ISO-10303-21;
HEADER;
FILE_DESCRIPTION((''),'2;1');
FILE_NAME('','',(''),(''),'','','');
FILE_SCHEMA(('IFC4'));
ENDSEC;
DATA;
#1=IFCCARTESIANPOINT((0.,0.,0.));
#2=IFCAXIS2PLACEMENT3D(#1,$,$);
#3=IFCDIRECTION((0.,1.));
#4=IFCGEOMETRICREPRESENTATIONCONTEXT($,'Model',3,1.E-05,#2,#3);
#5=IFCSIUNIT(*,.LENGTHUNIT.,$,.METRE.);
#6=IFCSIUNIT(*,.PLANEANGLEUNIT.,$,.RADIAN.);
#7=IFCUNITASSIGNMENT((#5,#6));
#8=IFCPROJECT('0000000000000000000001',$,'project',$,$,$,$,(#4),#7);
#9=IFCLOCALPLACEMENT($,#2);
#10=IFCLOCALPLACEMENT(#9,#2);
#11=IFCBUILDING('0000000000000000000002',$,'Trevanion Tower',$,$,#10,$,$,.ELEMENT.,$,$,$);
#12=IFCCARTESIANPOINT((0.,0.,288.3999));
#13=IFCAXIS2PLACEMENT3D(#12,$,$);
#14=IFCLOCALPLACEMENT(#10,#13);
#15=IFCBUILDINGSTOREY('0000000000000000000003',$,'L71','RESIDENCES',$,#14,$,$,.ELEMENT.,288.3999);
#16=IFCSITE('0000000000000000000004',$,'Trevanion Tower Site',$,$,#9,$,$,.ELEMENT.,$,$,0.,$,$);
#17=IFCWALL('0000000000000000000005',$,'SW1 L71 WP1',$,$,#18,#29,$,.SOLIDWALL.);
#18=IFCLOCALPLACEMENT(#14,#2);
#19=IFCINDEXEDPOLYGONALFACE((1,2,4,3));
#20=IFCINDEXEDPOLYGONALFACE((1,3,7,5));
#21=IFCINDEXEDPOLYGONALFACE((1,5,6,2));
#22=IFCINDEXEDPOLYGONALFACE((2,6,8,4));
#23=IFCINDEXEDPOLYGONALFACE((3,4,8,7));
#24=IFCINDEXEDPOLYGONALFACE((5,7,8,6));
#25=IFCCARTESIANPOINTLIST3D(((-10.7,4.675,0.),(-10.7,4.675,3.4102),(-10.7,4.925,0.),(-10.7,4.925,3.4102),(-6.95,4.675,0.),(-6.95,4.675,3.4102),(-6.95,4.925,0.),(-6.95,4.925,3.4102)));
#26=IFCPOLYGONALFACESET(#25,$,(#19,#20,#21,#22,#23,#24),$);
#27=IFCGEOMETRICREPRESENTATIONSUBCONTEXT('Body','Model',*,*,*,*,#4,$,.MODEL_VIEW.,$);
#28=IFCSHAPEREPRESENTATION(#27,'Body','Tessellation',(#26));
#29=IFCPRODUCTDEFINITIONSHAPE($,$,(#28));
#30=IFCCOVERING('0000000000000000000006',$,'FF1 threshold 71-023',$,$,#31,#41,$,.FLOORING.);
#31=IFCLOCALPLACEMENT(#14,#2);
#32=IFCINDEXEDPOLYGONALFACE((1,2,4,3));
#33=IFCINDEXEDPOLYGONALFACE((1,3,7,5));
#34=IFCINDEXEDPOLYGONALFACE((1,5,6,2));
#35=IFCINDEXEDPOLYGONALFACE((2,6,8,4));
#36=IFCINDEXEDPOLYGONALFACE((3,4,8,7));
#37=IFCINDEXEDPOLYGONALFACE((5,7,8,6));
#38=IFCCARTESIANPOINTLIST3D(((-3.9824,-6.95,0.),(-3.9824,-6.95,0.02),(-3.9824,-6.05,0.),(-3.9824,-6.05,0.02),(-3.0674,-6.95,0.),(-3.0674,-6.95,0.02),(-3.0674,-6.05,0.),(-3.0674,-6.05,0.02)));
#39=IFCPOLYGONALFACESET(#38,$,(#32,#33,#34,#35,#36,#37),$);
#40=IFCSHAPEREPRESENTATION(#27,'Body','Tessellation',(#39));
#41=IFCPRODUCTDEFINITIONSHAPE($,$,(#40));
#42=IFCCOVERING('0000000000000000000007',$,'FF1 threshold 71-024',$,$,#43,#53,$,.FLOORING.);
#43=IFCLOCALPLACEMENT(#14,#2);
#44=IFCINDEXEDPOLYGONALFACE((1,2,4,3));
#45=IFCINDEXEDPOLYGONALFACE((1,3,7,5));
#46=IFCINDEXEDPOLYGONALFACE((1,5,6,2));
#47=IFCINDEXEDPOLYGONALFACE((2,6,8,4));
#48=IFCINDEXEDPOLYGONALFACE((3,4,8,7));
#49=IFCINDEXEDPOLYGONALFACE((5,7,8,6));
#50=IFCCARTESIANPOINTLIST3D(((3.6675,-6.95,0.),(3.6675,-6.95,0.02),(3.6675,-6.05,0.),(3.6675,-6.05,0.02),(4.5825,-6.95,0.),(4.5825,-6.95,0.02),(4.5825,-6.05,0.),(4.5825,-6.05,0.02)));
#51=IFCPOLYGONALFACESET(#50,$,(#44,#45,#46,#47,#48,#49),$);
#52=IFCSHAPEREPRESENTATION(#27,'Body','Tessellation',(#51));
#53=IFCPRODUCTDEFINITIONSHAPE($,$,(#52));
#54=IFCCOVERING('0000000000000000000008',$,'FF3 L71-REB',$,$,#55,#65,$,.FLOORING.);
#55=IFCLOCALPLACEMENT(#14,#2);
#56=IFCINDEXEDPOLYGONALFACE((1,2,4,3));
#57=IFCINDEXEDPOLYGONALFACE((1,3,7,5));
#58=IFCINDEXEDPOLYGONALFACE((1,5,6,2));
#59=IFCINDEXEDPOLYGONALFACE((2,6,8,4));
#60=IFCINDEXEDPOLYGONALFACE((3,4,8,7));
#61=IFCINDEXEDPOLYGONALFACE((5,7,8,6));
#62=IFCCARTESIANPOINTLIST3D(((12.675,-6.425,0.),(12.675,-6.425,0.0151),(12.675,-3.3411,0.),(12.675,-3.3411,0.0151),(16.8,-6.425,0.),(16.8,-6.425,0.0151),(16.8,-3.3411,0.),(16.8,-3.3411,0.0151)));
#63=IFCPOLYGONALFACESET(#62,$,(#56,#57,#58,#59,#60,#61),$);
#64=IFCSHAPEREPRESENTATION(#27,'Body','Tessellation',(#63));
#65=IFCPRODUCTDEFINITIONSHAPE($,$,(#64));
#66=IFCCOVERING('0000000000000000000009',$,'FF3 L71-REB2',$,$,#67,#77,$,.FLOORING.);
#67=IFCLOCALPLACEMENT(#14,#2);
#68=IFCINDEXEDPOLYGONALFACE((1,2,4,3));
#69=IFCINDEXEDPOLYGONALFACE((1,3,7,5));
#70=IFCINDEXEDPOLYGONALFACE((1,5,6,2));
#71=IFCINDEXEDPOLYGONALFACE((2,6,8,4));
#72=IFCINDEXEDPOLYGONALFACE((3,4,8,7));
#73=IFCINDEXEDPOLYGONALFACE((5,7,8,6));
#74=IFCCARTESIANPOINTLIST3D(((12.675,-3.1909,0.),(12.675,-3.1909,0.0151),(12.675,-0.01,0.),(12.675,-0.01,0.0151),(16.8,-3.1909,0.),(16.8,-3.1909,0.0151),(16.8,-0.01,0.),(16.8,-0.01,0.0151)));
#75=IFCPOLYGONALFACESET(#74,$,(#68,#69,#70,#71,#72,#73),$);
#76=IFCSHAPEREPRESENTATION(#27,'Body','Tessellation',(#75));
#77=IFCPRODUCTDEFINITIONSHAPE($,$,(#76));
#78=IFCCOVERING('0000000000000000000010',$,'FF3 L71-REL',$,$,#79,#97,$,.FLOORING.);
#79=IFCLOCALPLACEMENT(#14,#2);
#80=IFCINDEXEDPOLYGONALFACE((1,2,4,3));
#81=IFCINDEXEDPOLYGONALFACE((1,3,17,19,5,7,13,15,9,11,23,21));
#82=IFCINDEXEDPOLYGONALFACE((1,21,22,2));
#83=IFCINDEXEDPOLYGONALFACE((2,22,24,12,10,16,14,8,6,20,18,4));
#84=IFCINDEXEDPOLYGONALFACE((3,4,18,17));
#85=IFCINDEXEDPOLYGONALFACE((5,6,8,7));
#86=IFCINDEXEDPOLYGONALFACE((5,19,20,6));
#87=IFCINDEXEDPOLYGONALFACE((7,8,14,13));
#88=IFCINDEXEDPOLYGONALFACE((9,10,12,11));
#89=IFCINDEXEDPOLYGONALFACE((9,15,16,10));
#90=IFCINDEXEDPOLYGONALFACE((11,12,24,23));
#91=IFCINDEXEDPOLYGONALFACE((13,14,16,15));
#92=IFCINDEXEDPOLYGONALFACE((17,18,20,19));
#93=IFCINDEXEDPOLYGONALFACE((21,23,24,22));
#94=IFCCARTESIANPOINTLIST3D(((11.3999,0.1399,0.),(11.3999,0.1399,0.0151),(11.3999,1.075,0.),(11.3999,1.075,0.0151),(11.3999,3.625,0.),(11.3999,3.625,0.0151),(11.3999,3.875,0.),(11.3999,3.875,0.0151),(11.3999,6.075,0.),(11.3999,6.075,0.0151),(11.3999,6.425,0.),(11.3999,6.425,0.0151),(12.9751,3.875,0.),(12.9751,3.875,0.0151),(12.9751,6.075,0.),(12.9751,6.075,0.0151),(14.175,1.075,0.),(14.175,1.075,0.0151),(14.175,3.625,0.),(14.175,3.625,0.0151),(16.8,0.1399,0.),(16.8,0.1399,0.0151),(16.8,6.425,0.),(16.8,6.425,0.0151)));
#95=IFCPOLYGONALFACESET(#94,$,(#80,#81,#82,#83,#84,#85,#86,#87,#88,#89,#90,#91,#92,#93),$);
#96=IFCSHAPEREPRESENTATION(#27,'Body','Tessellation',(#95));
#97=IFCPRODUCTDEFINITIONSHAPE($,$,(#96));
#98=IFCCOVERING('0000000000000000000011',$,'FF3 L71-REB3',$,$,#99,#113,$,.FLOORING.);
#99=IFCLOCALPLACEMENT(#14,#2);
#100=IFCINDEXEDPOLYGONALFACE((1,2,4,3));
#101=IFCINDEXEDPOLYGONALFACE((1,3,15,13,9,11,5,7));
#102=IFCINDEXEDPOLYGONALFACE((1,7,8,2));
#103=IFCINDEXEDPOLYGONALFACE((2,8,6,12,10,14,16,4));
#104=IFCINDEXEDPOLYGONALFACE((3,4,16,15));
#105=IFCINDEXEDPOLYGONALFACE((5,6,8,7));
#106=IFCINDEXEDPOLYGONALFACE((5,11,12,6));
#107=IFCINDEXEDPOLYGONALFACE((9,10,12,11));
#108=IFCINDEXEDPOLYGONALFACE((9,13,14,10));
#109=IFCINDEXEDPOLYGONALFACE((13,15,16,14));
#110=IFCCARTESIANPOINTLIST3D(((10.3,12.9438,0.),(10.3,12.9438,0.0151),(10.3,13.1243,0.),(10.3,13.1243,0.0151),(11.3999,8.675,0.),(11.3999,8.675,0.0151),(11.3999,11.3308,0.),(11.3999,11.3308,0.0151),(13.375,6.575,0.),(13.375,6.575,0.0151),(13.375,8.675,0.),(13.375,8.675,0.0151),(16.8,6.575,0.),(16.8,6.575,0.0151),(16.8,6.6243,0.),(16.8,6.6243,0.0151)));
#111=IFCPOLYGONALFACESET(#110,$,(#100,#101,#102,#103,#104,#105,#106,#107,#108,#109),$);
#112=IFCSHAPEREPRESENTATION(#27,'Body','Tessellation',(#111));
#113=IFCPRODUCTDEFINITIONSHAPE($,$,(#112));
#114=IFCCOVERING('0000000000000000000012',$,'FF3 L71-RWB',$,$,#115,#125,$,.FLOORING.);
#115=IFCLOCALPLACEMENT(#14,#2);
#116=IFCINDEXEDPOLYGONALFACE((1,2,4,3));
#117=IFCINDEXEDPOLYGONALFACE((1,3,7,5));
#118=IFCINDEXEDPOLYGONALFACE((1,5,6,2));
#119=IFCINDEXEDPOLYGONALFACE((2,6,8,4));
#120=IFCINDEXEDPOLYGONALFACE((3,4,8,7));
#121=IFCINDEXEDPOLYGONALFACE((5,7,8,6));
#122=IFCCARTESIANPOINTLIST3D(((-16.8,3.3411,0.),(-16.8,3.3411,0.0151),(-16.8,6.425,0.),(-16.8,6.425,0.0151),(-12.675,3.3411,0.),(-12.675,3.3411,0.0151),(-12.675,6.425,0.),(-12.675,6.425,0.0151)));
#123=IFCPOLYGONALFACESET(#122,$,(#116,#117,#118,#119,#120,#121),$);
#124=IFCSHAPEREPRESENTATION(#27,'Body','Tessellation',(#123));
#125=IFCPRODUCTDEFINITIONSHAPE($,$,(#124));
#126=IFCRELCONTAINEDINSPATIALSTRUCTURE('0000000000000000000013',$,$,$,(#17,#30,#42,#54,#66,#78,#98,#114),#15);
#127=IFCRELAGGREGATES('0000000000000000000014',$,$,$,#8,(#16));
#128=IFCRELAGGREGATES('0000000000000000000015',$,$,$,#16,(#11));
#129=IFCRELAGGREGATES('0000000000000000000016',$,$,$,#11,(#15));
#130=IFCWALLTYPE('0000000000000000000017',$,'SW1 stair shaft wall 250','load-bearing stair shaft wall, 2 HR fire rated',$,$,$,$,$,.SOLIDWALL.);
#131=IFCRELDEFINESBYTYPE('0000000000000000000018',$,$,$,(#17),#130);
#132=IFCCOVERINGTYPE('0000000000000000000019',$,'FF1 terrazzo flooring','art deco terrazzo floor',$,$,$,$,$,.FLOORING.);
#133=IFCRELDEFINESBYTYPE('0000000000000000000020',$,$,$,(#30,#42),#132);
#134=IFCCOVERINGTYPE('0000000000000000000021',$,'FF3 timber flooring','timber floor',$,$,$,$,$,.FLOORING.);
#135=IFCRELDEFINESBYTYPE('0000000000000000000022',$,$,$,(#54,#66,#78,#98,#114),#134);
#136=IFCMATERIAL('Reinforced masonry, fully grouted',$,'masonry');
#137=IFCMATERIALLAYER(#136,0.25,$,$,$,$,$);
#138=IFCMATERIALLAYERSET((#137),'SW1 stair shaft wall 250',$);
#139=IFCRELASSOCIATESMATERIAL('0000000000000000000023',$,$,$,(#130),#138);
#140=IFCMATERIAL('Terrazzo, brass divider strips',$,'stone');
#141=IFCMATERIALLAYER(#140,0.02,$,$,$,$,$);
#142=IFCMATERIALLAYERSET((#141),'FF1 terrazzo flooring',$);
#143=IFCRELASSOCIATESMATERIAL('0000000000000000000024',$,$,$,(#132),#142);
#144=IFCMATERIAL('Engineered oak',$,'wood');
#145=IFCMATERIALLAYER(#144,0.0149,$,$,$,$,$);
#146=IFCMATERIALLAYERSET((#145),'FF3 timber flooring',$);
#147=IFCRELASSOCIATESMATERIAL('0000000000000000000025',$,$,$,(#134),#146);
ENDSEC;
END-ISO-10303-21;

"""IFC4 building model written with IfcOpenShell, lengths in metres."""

from ifc_helpers import new_model, si_unit, direction, frame, frame_2d, origin, place, context, subcontext, project, spatial, polyline, rectangle, outline, extrude, material, layer, layer_set, type_object, element, save


model = new_model("IFC4")

# Units and contexts
model_context = context("Model", 3, precision=1e-05, world=origin(), true_north=direction((0.0, 1.0)))
body_context = subcontext(model_context, "Body", "Model", "MODEL_VIEW")
ifc_project = project(units=[si_unit("LENGTHUNIT", "METRE"), si_unit("PLANEANGLEUNIT", "RADIAN")], contexts=[model_context])

# Site, building, storey
site_placement = place(None, origin())
site = spatial("IfcSite", under=ifc_project, at=site_placement, Name="Trevanion Tower Site", CompositionType="ELEMENT", RefElevation=0.0)
building_placement = place(site_placement, origin())
building = spatial("IfcBuilding", under=site, at=building_placement, Name="Trevanion Tower", CompositionType="ELEMENT")
storey_placement = place(building_placement, frame((0.0, 0.0, 288.3999)))
storey = spatial("IfcBuildingStorey", under=building, at=storey_placement, Name="L71", Description="RESIDENCES", CompositionType="ELEMENT", Elevation=288.3999)

# Wall
ifc_material_1 = material(Name="Reinforced masonry, fully grouted", Category="masonry")
ifc_layer_1 = layer(ifc_material_1, 0.25)
ifc_layer_set_1 = layer_set([ifc_layer_1], Name="SW1 stair shaft wall 250")
wall_type_1 = type_object("IfcWallType", Name="SW1 stair shaft wall 250", Description="load-bearing stair shaft wall, 2 HR fire rated", PredefinedType="SOLIDWALL", material=ifc_layer_set_1)
wall_1_placement = place(storey_placement, frame((-6.95, 4.8, 0.0), z_axis=(0.0, 0.0, 1.0), x_axis=(-1.0, 0.0, 0.0)))
element("IfcWall", 1, at=wall_1_placement, inside=storey, type_object=wall_type_1, Name="SW1 L71 WP1", PredefinedType="SOLIDWALL", context=body_context, shape_type="SweptSolid", body=[
    extrude(rectangle(XDim=3.75, YDim=0.25, at=frame_2d((1.875, 0.0))), origin(), (0.0, 0.0, 1.0), 3.4102),
])

# Coverings
ifc_material_2 = material(Name="Terrazzo, brass divider strips", Category="stone")
ifc_layer_2 = layer(ifc_material_2, 0.02)
ifc_layer_set_2 = layer_set([ifc_layer_2], Name="FF1 terrazzo flooring")
covering_type_1 = type_object("IfcCoveringType", Name="FF1 terrazzo flooring", Description="art deco terrazzo floor", PredefinedType="FLOORING", material=ifc_layer_set_2)
covering_1_placement = place(storey_placement, origin())
element("IfcCovering", 2, at=covering_1_placement, inside=storey, type_object=covering_type_1, Name="FF1 threshold 71-023", PredefinedType="FLOORING", context=body_context, shape_type="SweptSolid", body=[
    extrude(outline(polyline([(-3.9824, -6.95), (-3.0674, -6.95), (-3.0674, -6.05), (-3.9824, -6.05), (-3.9824, -6.95)])), origin(), (0.0, 0.0, 1.0), 0.02),
])
covering_2_placement = place(storey_placement, origin())
element("IfcCovering", 3, at=covering_2_placement, inside=storey, type_object=covering_type_1, Name="FF1 threshold 71-024", PredefinedType="FLOORING", context=body_context, shape_type="SweptSolid", body=[
    extrude(outline(polyline([(3.6675, -6.95), (4.5825, -6.95), (4.5825, -6.05), (3.6675, -6.05), (3.6675, -6.95)])), origin(), (0.0, 0.0, 1.0), 0.02),
])
ifc_material_3 = material(Name="Engineered oak", Category="wood")
ifc_layer_3 = layer(ifc_material_3, 0.0149)
ifc_layer_set_3 = layer_set([ifc_layer_3], Name="FF3 timber flooring")
covering_type_2 = type_object("IfcCoveringType", Name="FF3 timber flooring", Description="timber floor", PredefinedType="FLOORING", material=ifc_layer_set_3)
covering_3_placement = place(storey_placement, origin())
element("IfcCovering", 4, at=covering_3_placement, inside=storey, type_object=covering_type_2, Name="FF3 L71-REB", PredefinedType="FLOORING", context=body_context, shape_type="SweptSolid", body=[
    extrude(outline(polyline([(12.675, -6.425), (12.675, -3.3411), (16.8, -3.3411), (16.8, -6.425), (12.675, -6.425)])), origin(), (0.0, 0.0, 1.0), 0.0151),
])
covering_4_placement = place(storey_placement, origin())
element("IfcCovering", 5, at=covering_4_placement, inside=storey, type_object=covering_type_2, Name="FF3 L71-REB2", PredefinedType="FLOORING", context=body_context, shape_type="SweptSolid", body=[
    extrude(outline(polyline([(12.675, -3.1909), (12.675, -0.01), (16.8, -0.01), (16.8, -3.1909), (12.675, -3.1909)])), origin(), (0.0, 0.0, 1.0), 0.0151),
])
covering_5_placement = place(storey_placement, origin())
element("IfcCovering", 6, at=covering_5_placement, inside=storey, type_object=covering_type_2, Name="FF3 L71-REL", PredefinedType="FLOORING", context=body_context, shape_type="SweptSolid", body=[
    extrude(outline(polyline([(11.3999, 0.1399), (11.3999, 1.075), (14.175, 1.075), (14.175, 3.625), (11.3999, 3.625), (11.3999, 3.875), (12.9751, 3.875), (12.9751, 6.075), (11.3999, 6.075), (11.3999, 6.425), (16.8, 6.425), (16.8, 0.1399), (11.3999, 0.1399)])), origin(), (0.0, 0.0, 1.0), 0.0151),
])
covering_6_placement = place(storey_placement, origin())
element("IfcCovering", 7, at=covering_6_placement, inside=storey, type_object=covering_type_2, Name="FF3 L71-REB3", PredefinedType="FLOORING", context=body_context, shape_type="SweptSolid", body=[
    extrude(outline(polyline([(13.375, 6.575), (13.375, 8.675), (11.3999, 8.675), (11.3999, 11.3308), (10.3, 12.9438), (10.3, 13.1243), (16.8, 6.6243), (16.8, 6.575), (13.375, 6.575)])), origin(), (0.0, 0.0, 1.0), 0.0151),
])
covering_7_placement = place(storey_placement, origin())
element("IfcCovering", 8, at=covering_7_placement, inside=storey, type_object=covering_type_2, Name="FF3 L71-RWB", PredefinedType="FLOORING", context=body_context, shape_type="SweptSolid", body=[
    extrude(outline(polyline([(-12.675, 6.425), (-12.675, 3.3411), (-16.8, 3.3411), (-16.8, 6.425), (-12.675, 6.425)])), origin(), (0.0, 0.0, 1.0), 0.0151),
])

save(model, "model.ifc")
